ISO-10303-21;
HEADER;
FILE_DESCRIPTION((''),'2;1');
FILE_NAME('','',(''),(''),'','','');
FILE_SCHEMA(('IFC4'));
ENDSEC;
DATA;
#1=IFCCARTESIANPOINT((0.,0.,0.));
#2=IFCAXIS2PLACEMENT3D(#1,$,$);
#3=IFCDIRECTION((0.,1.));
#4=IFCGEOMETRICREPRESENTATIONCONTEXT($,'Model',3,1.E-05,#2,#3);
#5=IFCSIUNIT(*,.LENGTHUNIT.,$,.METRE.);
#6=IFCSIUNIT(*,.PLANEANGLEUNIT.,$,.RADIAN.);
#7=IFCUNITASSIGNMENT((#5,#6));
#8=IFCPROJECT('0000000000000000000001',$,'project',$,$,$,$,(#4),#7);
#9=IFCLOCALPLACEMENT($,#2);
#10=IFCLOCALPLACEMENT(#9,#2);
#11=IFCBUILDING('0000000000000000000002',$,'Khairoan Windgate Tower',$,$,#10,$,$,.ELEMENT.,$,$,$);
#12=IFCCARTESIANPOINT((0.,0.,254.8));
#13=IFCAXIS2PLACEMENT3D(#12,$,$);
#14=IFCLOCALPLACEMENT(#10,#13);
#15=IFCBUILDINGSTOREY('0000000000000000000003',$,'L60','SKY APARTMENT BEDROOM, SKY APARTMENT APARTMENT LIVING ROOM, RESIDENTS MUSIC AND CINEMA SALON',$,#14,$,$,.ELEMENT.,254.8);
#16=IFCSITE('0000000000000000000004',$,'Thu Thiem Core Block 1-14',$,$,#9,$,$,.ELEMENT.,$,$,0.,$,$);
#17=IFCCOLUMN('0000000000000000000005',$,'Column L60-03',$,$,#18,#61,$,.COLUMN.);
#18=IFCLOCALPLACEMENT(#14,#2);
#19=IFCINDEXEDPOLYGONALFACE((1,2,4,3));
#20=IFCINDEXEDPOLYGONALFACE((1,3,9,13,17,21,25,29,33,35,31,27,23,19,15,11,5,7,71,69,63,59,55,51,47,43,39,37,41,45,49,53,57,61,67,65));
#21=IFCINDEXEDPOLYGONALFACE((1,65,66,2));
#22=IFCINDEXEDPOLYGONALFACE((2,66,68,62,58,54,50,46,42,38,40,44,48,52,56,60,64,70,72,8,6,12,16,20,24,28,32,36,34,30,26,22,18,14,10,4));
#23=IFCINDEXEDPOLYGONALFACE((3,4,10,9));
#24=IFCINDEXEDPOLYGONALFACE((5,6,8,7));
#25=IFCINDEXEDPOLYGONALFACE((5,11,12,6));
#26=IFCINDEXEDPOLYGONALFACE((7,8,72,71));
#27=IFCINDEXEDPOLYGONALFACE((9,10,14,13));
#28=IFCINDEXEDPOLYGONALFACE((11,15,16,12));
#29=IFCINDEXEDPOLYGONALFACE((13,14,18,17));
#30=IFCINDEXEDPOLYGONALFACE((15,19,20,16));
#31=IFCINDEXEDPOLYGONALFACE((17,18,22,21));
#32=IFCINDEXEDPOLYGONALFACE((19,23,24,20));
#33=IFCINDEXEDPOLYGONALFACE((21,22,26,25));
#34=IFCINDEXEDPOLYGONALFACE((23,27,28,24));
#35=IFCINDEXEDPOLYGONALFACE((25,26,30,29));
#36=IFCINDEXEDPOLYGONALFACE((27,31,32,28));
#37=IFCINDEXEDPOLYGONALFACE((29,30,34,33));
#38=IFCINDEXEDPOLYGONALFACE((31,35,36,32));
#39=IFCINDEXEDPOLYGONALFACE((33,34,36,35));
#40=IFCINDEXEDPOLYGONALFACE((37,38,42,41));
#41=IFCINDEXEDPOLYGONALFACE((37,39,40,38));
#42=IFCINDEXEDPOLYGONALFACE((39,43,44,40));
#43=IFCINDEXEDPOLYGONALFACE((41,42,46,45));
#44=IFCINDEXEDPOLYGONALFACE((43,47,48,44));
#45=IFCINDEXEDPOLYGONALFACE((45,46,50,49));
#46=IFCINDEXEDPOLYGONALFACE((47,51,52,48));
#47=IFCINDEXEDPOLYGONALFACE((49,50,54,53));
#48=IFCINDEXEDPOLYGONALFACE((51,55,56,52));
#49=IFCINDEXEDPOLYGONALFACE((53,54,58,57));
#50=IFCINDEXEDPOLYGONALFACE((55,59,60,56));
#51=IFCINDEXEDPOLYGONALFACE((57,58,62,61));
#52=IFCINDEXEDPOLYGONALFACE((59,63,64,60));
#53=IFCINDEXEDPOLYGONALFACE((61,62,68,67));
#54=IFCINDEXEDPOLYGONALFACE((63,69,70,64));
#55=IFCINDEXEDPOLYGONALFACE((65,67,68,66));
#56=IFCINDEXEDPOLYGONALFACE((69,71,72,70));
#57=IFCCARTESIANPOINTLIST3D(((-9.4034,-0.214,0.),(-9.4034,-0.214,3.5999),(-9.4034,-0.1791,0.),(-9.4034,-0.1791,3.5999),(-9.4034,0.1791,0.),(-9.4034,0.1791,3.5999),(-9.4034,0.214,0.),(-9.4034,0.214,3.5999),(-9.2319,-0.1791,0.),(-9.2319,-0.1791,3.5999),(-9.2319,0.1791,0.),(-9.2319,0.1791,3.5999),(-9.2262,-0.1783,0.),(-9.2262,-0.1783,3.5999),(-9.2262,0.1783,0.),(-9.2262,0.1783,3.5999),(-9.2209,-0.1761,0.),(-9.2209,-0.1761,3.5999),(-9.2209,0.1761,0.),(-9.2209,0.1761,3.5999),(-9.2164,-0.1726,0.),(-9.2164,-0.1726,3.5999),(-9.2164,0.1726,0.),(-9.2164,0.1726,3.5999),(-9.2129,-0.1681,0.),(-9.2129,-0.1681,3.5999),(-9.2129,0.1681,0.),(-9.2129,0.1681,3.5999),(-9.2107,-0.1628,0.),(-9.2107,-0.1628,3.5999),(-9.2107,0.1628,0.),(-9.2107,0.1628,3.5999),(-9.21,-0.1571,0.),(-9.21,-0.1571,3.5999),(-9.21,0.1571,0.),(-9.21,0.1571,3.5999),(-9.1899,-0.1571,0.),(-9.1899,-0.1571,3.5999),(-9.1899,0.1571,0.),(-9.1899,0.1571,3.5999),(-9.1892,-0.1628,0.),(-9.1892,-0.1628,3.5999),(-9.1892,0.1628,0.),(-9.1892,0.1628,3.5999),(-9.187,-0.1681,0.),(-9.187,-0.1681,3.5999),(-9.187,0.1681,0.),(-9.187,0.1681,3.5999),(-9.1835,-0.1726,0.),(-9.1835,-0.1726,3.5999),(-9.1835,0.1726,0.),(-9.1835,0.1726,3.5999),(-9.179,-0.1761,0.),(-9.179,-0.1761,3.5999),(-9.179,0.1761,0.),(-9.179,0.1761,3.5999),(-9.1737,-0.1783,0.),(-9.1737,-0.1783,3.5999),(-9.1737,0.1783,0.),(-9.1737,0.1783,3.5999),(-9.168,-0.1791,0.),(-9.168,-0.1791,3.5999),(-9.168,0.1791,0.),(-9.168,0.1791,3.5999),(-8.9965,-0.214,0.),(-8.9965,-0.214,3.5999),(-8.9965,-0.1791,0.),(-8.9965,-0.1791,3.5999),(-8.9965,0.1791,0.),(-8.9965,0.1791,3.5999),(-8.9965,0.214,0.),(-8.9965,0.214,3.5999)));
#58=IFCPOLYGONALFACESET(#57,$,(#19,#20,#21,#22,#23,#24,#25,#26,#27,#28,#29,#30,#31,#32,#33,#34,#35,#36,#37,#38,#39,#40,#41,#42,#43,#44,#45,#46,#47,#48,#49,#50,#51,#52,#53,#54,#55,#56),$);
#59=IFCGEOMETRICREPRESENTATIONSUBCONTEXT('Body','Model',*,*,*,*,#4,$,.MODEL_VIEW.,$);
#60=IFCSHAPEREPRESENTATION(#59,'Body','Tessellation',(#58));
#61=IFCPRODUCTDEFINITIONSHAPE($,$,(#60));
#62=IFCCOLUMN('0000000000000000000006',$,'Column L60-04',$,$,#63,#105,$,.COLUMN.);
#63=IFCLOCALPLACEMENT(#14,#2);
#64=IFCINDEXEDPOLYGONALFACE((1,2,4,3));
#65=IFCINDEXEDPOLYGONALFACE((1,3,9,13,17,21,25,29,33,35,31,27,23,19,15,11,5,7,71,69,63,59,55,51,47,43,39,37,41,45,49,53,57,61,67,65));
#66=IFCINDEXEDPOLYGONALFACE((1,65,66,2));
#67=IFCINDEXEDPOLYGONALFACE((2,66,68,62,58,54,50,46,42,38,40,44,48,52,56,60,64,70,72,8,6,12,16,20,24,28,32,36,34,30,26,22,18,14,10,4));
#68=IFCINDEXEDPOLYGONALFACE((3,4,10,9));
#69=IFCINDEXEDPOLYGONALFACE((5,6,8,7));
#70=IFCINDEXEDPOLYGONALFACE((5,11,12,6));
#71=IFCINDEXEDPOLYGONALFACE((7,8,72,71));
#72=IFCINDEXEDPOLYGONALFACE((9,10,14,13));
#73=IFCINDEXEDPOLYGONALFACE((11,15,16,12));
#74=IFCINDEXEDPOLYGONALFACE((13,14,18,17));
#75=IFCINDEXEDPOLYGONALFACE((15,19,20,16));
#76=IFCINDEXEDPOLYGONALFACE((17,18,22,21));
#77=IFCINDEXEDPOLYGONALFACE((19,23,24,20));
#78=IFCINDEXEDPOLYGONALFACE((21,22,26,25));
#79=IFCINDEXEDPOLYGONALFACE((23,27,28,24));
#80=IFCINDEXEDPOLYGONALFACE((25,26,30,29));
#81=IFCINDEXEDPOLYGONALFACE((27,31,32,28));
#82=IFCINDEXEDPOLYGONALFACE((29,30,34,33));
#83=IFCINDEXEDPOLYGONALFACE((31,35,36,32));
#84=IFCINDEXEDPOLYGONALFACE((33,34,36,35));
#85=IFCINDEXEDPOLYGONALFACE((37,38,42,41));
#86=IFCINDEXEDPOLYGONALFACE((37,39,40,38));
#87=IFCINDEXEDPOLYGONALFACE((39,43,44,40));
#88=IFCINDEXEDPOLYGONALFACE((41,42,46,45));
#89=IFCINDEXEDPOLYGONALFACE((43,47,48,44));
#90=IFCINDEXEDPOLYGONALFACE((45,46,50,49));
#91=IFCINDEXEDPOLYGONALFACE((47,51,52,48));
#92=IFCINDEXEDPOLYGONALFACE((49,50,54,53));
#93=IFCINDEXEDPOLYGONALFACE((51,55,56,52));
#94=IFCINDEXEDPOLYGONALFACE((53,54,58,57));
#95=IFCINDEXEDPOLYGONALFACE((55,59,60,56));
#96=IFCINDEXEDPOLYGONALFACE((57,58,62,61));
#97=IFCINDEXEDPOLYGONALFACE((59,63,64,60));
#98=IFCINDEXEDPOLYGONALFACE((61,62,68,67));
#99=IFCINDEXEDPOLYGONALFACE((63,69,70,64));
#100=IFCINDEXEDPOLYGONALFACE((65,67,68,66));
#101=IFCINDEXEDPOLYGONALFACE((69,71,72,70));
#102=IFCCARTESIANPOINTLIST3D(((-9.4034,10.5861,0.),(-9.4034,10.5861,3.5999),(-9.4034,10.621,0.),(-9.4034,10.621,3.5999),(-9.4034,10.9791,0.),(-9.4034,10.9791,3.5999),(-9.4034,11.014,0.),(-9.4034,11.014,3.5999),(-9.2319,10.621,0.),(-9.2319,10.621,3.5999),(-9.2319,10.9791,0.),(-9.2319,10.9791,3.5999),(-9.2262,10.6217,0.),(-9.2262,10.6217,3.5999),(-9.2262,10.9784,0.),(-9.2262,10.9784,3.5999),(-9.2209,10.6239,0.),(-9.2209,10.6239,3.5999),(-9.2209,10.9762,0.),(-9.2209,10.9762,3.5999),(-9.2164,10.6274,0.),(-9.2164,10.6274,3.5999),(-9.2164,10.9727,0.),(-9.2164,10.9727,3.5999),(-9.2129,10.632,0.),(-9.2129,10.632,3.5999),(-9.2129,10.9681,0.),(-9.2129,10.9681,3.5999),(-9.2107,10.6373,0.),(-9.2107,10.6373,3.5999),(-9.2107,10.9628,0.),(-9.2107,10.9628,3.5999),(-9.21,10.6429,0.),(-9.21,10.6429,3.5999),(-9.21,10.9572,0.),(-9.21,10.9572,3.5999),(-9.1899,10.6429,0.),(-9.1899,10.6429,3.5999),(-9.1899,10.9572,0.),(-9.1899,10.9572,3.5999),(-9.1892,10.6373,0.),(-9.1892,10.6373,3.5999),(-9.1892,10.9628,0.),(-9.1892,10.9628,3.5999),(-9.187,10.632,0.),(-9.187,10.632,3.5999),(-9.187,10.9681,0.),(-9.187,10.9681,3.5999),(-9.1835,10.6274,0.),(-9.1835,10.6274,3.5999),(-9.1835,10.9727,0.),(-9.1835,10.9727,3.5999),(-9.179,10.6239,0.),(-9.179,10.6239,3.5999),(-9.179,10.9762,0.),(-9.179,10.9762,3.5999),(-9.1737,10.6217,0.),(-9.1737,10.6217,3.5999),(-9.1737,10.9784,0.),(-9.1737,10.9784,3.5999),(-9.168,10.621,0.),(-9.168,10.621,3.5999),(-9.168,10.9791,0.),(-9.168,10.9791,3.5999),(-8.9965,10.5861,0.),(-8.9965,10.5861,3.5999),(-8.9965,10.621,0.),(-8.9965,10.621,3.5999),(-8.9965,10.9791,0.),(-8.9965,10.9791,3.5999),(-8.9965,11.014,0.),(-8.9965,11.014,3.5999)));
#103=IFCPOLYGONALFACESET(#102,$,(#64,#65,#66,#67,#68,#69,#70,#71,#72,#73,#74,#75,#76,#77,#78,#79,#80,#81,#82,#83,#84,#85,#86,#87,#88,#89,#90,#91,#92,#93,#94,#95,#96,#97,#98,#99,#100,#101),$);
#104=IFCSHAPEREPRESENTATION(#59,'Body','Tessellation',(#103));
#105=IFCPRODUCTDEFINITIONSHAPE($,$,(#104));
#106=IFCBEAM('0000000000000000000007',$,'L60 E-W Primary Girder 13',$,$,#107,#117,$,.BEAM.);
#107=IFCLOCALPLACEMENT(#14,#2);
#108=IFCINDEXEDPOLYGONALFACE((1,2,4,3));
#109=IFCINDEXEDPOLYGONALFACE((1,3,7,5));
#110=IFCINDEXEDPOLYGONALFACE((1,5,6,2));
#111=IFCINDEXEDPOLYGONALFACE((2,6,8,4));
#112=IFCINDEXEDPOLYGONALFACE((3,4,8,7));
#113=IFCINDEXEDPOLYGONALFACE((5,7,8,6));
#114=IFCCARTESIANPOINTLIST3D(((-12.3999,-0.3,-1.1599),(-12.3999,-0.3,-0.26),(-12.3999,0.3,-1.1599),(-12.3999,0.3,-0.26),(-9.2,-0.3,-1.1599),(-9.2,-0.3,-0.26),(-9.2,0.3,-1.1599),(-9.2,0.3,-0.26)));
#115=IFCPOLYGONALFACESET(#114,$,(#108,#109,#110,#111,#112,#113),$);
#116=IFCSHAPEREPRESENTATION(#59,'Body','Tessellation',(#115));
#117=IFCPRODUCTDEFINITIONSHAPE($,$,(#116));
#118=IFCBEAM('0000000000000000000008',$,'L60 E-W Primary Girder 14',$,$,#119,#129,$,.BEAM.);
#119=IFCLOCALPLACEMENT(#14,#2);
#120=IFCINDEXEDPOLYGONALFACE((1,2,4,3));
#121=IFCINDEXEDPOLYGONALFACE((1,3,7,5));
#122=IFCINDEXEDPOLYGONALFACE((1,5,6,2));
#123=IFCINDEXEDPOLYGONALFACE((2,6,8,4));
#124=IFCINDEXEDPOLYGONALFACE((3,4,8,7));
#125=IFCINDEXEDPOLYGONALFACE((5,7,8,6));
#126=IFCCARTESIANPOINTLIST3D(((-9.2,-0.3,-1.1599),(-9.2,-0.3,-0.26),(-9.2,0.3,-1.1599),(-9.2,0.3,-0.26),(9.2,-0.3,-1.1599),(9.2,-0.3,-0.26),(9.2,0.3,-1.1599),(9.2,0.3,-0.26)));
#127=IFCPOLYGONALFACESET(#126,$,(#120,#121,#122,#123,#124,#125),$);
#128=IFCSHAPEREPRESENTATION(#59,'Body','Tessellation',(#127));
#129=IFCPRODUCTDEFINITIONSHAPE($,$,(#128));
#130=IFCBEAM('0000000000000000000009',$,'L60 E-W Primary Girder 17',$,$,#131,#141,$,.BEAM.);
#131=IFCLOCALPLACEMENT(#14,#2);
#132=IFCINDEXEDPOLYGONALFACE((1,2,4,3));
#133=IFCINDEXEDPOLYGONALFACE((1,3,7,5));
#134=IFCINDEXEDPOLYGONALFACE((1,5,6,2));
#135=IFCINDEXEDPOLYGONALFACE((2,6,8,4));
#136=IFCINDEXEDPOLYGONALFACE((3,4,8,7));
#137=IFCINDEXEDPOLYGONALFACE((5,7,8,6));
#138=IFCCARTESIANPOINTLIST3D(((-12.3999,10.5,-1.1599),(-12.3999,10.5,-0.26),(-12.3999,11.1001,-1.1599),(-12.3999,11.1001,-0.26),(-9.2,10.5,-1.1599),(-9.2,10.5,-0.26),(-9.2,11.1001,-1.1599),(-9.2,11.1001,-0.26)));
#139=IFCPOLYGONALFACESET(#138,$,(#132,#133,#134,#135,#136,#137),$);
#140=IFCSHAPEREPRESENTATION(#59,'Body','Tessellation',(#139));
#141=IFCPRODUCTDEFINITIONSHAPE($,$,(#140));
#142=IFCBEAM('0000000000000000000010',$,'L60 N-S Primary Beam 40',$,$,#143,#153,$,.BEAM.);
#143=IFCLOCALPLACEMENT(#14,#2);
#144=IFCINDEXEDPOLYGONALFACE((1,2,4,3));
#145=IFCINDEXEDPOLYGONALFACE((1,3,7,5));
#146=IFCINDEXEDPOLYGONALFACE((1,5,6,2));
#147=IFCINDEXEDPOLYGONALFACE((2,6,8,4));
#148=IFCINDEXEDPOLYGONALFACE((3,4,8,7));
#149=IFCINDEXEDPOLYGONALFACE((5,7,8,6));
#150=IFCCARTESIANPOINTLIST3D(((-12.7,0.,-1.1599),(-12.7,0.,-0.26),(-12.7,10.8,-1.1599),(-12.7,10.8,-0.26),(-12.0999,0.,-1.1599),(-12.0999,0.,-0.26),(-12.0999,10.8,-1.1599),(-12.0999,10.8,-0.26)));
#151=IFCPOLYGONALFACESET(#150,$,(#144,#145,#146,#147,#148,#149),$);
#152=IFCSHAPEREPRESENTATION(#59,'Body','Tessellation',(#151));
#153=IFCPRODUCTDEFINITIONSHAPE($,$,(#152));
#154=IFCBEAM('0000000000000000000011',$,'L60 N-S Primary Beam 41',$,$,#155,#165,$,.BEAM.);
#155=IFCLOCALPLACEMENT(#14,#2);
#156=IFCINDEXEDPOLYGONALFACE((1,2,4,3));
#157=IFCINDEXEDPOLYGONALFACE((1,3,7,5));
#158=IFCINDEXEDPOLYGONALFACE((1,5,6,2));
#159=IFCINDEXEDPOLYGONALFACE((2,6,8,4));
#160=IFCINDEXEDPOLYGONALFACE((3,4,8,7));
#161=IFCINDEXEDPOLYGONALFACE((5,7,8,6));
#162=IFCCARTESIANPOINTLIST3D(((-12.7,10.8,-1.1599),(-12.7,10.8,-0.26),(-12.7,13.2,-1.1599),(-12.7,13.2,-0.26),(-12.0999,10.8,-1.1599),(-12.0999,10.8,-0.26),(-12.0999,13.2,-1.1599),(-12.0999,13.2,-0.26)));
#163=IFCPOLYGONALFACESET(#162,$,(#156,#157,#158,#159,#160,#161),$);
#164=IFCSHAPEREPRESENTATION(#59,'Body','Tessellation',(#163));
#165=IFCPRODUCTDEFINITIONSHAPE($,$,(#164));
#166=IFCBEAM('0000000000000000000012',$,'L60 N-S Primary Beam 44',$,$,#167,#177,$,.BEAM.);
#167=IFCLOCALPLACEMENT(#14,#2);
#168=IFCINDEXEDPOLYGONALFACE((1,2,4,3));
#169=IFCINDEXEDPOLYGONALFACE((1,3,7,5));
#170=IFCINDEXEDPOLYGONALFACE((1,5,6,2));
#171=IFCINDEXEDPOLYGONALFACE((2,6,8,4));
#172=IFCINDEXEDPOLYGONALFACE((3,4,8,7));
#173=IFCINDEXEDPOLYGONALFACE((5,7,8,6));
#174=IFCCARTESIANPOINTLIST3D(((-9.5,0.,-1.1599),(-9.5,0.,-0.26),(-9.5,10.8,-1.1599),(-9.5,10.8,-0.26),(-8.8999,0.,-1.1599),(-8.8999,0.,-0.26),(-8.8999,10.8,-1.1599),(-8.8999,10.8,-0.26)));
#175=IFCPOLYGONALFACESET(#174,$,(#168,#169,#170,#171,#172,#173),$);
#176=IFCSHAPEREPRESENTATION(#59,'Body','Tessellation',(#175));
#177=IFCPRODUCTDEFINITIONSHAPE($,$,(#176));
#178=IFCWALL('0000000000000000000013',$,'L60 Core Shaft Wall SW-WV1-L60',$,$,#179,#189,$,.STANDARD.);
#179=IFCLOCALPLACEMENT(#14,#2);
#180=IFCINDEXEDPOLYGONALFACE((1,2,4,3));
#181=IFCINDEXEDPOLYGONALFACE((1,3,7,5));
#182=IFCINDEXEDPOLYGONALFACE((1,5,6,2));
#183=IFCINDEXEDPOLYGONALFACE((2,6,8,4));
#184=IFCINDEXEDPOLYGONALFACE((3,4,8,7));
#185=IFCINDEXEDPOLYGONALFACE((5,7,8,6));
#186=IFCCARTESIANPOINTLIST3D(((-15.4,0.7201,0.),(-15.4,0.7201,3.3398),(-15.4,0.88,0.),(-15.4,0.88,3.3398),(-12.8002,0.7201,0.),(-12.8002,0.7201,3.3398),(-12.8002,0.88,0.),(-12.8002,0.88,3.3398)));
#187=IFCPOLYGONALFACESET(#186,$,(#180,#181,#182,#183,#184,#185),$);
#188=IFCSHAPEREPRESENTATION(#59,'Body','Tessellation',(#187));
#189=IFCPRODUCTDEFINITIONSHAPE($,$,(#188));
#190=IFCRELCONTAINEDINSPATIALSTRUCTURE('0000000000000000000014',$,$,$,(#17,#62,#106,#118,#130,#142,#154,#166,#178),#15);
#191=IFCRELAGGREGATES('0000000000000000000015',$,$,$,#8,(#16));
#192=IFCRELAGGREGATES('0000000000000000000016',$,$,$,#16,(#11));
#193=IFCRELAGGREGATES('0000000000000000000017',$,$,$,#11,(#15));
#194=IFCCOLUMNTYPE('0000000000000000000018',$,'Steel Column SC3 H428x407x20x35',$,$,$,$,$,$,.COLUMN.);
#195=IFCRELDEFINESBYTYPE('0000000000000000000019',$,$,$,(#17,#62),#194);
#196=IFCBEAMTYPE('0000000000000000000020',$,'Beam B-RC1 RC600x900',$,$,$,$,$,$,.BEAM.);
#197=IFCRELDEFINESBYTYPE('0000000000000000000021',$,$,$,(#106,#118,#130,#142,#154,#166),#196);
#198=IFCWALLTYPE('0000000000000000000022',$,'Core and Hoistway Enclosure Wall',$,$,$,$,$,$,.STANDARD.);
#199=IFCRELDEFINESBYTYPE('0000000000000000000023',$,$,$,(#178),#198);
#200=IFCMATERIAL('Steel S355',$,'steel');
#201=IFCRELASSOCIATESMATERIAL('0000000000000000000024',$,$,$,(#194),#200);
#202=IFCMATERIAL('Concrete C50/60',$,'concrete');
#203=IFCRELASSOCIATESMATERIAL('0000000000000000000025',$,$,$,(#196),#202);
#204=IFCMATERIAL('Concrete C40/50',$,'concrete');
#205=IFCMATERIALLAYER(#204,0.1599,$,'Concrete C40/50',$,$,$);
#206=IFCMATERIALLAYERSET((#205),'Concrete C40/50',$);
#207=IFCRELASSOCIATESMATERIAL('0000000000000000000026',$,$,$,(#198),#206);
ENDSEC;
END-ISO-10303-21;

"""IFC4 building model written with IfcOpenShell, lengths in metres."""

from ifc_helpers import new_model, si_unit, direction, frame, frame_2d, origin, origin_2d, place, context, subcontext, project, spatial, rectangle, i_section, extrude, material, layer, layer_set, material_profile, profile_set, type_object, element, save


model = new_model("IFC4")

# Units and contexts
model_context = context("Model", 3, precision=1e-05, world=origin(), true_north=direction((0.0, 1.0)))
body_context = subcontext(model_context, "Body", "Model", "MODEL_VIEW")
ifc_project = project(units=[si_unit("LENGTHUNIT", "METRE"), si_unit("PLANEANGLEUNIT", "RADIAN")], contexts=[model_context])

# Site, building, storey
site_placement = place(None, origin())
site = spatial("IfcSite", under=ifc_project, at=site_placement, Name="Thu Thiem Core Block 1-14", CompositionType="ELEMENT", RefElevation=0.0)
building_placement = place(site_placement, origin())
building = spatial("IfcBuilding", under=site, at=building_placement, Name="Khairoan Windgate Tower", CompositionType="ELEMENT")
storey_placement = place(building_placement, frame((0.0, 0.0, 254.8)))
storey = spatial("IfcBuildingStorey", under=building, at=storey_placement, Name="L60", Description="SKY APARTMENT BEDROOM, SKY APARTMENT APARTMENT LIVING ROOM, RESIDENTS MUSIC AND CINEMA SALON", CompositionType="ELEMENT", Elevation=254.8)

# Columns
ifc_material_1 = material(Name="Steel S355", Category="steel")
ifc_material_profile_1 = material_profile(ifc_material_1, i_section(OverallWidth=0.407, OverallDepth=0.428, WebThickness=0.02, FlangeThickness=0.0349, FilletRadius=0.022, at=origin_2d()))
ifc_profile_set_1 = profile_set([ifc_material_profile_1], Name="Steel S355")
column_type = type_object("IfcColumnType", Name="Steel Column SC3 H428x407x20x35", PredefinedType="COLUMN", material=ifc_profile_set_1)
for number, where, z_axis, x_axis, name in (
    (1, (-9.2, 0.0, 0.0), (0.0, 0.0, 1.0), (1.0, 0.0, 0.0), "Column L60-03"),
    (2, (-9.2, 10.8, 0.0), (0.0, 0.0, 1.0), (1.0, 0.0, 0.0), "Column L60-04"),
):
    element("IfcColumn", number, at=place(storey_placement, frame(where, z_axis=z_axis, x_axis=x_axis)), inside=storey, type_object=column_type, Name=name, PredefinedType="COLUMN", context=body_context, shape_type="SweptSolid", body=[
        extrude(i_section(OverallWidth=0.407, OverallDepth=0.428, WebThickness=0.02, FlangeThickness=0.0349, FilletRadius=0.022, at=origin_2d()), origin(), (0.0, 0.0, 1.0), 3.5999),
    ])

# Beams
ifc_material_2 = material(Name="Concrete C50/60", Category="concrete")
ifc_material_profile_2 = material_profile(ifc_material_2, rectangle(XDim=0.6001, YDim=0.8999, at=origin_2d()))
ifc_profile_set_2 = profile_set([ifc_material_profile_2], Name="Concrete C50/60")
beam_type = type_object("IfcBeamType", Name="Beam B-RC1 RC600x900", PredefinedType="BEAM", material=ifc_profile_set_2)
beam_1_placement = place(storey_placement, frame((-12.3999, 0.0, -0.71), z_axis=(1.0, 0.0, 0.0), x_axis=(0.0, 1.0, 0.0)))
element("IfcBeam", 3, at=beam_1_placement, inside=storey, type_object=beam_type, Name="L60 E-W Primary Girder 13", PredefinedType="BEAM", context=body_context, shape_type="SweptSolid", body=[
    extrude(rectangle(XDim=0.6001, YDim=0.8999, at=origin_2d()), origin(), (0.0, 0.0, 1.0), 3.2),
])
beam_2_placement = place(storey_placement, frame((-9.2, 0.0, -0.71), z_axis=(1.0, 0.0, 0.0), x_axis=(0.0, 1.0, 0.0)))
element("IfcBeam", 4, at=beam_2_placement, inside=storey, type_object=beam_type, Name="L60 E-W Primary Girder 14", PredefinedType="BEAM", context=body_context, shape_type="SweptSolid", body=[
    extrude(rectangle(XDim=0.6001, YDim=0.8999, at=origin_2d()), origin(), (0.0, 0.0, 1.0), 18.3999),
])
beam_3_placement = place(storey_placement, frame((-12.3999, 10.8, -0.71), z_axis=(1.0, 0.0, 0.0), x_axis=(0.0, 1.0, 0.0)))
element("IfcBeam", 5, at=beam_3_placement, inside=storey, type_object=beam_type, Name="L60 E-W Primary Girder 17", PredefinedType="BEAM", context=body_context, shape_type="SweptSolid", body=[
    extrude(rectangle(XDim=0.6001, YDim=0.8999, at=origin_2d()), origin(), (0.0, 0.0, 1.0), 3.2),
])
beam_4_placement = place(storey_placement, frame((-12.3999, 0.0, -0.71), z_axis=(0.0, 1.0, 0.0), x_axis=(-1.0, 0.0, 0.0)))
element("IfcBeam", 6, at=beam_4_placement, inside=storey, type_object=beam_type, Name="L60 N-S Primary Beam 40", PredefinedType="BEAM", context=body_context, shape_type="SweptSolid", body=[
    extrude(rectangle(XDim=0.6001, YDim=0.8999, at=origin_2d()), origin(), (0.0, 0.0, 1.0), 10.8),
])
beam_5_placement = place(storey_placement, frame((-12.3999, 10.8, -0.71), z_axis=(0.0, 1.0, 0.0), x_axis=(-1.0, 0.0, 0.0)))
element("IfcBeam", 7, at=beam_5_placement, inside=storey, type_object=beam_type, Name="L60 N-S Primary Beam 41", PredefinedType="BEAM", context=body_context, shape_type="SweptSolid", body=[
    extrude(rectangle(XDim=0.6001, YDim=0.8999, at=origin_2d()), origin(), (0.0, 0.0, 1.0), 2.3999),
])
beam_6_placement = place(storey_placement, frame((-9.2, 0.0, -0.71), z_axis=(0.0, 1.0, 0.0), x_axis=(-1.0, 0.0, 0.0)))
element("IfcBeam", 8, at=beam_6_placement, inside=storey, type_object=beam_type, Name="L60 N-S Primary Beam 44", PredefinedType="BEAM", context=body_context, shape_type="SweptSolid", body=[
    extrude(rectangle(XDim=0.6001, YDim=0.8999, at=origin_2d()), origin(), (0.0, 0.0, 1.0), 10.8),
])

# Wall
ifc_material_3 = material(Name="Concrete C40/50", Category="concrete")
ifc_layer_1 = layer(ifc_material_3, 0.1599, Name="Concrete C40/50")
ifc_layer_set_1 = layer_set([ifc_layer_1], Name="Concrete C40/50")
wall_type_1 = type_object("IfcWallType", Name="Core and Hoistway Enclosure Wall", PredefinedType="STANDARD", material=ifc_layer_set_1)
wall_1_placement = place(storey_placement, frame((-15.3999, 0.8, 0.0), z_axis=(0.0, 0.0, 1.0), x_axis=(1.0, 0.0, 0.0)))
element("IfcWall", 9, at=wall_1_placement, inside=storey, type_object=wall_type_1, Name="L60 Core Shaft Wall SW-WV1-L60", PredefinedType="STANDARD", context=body_context, shape_type="SweptSolid", body=[
    extrude(rectangle(XDim=2.5999, YDim=0.1599, at=frame_2d((1.2998, 0.0))), origin(), (0.0, 0.0, 1.0), 3.3398),
])

save(model, "model.ifc")
